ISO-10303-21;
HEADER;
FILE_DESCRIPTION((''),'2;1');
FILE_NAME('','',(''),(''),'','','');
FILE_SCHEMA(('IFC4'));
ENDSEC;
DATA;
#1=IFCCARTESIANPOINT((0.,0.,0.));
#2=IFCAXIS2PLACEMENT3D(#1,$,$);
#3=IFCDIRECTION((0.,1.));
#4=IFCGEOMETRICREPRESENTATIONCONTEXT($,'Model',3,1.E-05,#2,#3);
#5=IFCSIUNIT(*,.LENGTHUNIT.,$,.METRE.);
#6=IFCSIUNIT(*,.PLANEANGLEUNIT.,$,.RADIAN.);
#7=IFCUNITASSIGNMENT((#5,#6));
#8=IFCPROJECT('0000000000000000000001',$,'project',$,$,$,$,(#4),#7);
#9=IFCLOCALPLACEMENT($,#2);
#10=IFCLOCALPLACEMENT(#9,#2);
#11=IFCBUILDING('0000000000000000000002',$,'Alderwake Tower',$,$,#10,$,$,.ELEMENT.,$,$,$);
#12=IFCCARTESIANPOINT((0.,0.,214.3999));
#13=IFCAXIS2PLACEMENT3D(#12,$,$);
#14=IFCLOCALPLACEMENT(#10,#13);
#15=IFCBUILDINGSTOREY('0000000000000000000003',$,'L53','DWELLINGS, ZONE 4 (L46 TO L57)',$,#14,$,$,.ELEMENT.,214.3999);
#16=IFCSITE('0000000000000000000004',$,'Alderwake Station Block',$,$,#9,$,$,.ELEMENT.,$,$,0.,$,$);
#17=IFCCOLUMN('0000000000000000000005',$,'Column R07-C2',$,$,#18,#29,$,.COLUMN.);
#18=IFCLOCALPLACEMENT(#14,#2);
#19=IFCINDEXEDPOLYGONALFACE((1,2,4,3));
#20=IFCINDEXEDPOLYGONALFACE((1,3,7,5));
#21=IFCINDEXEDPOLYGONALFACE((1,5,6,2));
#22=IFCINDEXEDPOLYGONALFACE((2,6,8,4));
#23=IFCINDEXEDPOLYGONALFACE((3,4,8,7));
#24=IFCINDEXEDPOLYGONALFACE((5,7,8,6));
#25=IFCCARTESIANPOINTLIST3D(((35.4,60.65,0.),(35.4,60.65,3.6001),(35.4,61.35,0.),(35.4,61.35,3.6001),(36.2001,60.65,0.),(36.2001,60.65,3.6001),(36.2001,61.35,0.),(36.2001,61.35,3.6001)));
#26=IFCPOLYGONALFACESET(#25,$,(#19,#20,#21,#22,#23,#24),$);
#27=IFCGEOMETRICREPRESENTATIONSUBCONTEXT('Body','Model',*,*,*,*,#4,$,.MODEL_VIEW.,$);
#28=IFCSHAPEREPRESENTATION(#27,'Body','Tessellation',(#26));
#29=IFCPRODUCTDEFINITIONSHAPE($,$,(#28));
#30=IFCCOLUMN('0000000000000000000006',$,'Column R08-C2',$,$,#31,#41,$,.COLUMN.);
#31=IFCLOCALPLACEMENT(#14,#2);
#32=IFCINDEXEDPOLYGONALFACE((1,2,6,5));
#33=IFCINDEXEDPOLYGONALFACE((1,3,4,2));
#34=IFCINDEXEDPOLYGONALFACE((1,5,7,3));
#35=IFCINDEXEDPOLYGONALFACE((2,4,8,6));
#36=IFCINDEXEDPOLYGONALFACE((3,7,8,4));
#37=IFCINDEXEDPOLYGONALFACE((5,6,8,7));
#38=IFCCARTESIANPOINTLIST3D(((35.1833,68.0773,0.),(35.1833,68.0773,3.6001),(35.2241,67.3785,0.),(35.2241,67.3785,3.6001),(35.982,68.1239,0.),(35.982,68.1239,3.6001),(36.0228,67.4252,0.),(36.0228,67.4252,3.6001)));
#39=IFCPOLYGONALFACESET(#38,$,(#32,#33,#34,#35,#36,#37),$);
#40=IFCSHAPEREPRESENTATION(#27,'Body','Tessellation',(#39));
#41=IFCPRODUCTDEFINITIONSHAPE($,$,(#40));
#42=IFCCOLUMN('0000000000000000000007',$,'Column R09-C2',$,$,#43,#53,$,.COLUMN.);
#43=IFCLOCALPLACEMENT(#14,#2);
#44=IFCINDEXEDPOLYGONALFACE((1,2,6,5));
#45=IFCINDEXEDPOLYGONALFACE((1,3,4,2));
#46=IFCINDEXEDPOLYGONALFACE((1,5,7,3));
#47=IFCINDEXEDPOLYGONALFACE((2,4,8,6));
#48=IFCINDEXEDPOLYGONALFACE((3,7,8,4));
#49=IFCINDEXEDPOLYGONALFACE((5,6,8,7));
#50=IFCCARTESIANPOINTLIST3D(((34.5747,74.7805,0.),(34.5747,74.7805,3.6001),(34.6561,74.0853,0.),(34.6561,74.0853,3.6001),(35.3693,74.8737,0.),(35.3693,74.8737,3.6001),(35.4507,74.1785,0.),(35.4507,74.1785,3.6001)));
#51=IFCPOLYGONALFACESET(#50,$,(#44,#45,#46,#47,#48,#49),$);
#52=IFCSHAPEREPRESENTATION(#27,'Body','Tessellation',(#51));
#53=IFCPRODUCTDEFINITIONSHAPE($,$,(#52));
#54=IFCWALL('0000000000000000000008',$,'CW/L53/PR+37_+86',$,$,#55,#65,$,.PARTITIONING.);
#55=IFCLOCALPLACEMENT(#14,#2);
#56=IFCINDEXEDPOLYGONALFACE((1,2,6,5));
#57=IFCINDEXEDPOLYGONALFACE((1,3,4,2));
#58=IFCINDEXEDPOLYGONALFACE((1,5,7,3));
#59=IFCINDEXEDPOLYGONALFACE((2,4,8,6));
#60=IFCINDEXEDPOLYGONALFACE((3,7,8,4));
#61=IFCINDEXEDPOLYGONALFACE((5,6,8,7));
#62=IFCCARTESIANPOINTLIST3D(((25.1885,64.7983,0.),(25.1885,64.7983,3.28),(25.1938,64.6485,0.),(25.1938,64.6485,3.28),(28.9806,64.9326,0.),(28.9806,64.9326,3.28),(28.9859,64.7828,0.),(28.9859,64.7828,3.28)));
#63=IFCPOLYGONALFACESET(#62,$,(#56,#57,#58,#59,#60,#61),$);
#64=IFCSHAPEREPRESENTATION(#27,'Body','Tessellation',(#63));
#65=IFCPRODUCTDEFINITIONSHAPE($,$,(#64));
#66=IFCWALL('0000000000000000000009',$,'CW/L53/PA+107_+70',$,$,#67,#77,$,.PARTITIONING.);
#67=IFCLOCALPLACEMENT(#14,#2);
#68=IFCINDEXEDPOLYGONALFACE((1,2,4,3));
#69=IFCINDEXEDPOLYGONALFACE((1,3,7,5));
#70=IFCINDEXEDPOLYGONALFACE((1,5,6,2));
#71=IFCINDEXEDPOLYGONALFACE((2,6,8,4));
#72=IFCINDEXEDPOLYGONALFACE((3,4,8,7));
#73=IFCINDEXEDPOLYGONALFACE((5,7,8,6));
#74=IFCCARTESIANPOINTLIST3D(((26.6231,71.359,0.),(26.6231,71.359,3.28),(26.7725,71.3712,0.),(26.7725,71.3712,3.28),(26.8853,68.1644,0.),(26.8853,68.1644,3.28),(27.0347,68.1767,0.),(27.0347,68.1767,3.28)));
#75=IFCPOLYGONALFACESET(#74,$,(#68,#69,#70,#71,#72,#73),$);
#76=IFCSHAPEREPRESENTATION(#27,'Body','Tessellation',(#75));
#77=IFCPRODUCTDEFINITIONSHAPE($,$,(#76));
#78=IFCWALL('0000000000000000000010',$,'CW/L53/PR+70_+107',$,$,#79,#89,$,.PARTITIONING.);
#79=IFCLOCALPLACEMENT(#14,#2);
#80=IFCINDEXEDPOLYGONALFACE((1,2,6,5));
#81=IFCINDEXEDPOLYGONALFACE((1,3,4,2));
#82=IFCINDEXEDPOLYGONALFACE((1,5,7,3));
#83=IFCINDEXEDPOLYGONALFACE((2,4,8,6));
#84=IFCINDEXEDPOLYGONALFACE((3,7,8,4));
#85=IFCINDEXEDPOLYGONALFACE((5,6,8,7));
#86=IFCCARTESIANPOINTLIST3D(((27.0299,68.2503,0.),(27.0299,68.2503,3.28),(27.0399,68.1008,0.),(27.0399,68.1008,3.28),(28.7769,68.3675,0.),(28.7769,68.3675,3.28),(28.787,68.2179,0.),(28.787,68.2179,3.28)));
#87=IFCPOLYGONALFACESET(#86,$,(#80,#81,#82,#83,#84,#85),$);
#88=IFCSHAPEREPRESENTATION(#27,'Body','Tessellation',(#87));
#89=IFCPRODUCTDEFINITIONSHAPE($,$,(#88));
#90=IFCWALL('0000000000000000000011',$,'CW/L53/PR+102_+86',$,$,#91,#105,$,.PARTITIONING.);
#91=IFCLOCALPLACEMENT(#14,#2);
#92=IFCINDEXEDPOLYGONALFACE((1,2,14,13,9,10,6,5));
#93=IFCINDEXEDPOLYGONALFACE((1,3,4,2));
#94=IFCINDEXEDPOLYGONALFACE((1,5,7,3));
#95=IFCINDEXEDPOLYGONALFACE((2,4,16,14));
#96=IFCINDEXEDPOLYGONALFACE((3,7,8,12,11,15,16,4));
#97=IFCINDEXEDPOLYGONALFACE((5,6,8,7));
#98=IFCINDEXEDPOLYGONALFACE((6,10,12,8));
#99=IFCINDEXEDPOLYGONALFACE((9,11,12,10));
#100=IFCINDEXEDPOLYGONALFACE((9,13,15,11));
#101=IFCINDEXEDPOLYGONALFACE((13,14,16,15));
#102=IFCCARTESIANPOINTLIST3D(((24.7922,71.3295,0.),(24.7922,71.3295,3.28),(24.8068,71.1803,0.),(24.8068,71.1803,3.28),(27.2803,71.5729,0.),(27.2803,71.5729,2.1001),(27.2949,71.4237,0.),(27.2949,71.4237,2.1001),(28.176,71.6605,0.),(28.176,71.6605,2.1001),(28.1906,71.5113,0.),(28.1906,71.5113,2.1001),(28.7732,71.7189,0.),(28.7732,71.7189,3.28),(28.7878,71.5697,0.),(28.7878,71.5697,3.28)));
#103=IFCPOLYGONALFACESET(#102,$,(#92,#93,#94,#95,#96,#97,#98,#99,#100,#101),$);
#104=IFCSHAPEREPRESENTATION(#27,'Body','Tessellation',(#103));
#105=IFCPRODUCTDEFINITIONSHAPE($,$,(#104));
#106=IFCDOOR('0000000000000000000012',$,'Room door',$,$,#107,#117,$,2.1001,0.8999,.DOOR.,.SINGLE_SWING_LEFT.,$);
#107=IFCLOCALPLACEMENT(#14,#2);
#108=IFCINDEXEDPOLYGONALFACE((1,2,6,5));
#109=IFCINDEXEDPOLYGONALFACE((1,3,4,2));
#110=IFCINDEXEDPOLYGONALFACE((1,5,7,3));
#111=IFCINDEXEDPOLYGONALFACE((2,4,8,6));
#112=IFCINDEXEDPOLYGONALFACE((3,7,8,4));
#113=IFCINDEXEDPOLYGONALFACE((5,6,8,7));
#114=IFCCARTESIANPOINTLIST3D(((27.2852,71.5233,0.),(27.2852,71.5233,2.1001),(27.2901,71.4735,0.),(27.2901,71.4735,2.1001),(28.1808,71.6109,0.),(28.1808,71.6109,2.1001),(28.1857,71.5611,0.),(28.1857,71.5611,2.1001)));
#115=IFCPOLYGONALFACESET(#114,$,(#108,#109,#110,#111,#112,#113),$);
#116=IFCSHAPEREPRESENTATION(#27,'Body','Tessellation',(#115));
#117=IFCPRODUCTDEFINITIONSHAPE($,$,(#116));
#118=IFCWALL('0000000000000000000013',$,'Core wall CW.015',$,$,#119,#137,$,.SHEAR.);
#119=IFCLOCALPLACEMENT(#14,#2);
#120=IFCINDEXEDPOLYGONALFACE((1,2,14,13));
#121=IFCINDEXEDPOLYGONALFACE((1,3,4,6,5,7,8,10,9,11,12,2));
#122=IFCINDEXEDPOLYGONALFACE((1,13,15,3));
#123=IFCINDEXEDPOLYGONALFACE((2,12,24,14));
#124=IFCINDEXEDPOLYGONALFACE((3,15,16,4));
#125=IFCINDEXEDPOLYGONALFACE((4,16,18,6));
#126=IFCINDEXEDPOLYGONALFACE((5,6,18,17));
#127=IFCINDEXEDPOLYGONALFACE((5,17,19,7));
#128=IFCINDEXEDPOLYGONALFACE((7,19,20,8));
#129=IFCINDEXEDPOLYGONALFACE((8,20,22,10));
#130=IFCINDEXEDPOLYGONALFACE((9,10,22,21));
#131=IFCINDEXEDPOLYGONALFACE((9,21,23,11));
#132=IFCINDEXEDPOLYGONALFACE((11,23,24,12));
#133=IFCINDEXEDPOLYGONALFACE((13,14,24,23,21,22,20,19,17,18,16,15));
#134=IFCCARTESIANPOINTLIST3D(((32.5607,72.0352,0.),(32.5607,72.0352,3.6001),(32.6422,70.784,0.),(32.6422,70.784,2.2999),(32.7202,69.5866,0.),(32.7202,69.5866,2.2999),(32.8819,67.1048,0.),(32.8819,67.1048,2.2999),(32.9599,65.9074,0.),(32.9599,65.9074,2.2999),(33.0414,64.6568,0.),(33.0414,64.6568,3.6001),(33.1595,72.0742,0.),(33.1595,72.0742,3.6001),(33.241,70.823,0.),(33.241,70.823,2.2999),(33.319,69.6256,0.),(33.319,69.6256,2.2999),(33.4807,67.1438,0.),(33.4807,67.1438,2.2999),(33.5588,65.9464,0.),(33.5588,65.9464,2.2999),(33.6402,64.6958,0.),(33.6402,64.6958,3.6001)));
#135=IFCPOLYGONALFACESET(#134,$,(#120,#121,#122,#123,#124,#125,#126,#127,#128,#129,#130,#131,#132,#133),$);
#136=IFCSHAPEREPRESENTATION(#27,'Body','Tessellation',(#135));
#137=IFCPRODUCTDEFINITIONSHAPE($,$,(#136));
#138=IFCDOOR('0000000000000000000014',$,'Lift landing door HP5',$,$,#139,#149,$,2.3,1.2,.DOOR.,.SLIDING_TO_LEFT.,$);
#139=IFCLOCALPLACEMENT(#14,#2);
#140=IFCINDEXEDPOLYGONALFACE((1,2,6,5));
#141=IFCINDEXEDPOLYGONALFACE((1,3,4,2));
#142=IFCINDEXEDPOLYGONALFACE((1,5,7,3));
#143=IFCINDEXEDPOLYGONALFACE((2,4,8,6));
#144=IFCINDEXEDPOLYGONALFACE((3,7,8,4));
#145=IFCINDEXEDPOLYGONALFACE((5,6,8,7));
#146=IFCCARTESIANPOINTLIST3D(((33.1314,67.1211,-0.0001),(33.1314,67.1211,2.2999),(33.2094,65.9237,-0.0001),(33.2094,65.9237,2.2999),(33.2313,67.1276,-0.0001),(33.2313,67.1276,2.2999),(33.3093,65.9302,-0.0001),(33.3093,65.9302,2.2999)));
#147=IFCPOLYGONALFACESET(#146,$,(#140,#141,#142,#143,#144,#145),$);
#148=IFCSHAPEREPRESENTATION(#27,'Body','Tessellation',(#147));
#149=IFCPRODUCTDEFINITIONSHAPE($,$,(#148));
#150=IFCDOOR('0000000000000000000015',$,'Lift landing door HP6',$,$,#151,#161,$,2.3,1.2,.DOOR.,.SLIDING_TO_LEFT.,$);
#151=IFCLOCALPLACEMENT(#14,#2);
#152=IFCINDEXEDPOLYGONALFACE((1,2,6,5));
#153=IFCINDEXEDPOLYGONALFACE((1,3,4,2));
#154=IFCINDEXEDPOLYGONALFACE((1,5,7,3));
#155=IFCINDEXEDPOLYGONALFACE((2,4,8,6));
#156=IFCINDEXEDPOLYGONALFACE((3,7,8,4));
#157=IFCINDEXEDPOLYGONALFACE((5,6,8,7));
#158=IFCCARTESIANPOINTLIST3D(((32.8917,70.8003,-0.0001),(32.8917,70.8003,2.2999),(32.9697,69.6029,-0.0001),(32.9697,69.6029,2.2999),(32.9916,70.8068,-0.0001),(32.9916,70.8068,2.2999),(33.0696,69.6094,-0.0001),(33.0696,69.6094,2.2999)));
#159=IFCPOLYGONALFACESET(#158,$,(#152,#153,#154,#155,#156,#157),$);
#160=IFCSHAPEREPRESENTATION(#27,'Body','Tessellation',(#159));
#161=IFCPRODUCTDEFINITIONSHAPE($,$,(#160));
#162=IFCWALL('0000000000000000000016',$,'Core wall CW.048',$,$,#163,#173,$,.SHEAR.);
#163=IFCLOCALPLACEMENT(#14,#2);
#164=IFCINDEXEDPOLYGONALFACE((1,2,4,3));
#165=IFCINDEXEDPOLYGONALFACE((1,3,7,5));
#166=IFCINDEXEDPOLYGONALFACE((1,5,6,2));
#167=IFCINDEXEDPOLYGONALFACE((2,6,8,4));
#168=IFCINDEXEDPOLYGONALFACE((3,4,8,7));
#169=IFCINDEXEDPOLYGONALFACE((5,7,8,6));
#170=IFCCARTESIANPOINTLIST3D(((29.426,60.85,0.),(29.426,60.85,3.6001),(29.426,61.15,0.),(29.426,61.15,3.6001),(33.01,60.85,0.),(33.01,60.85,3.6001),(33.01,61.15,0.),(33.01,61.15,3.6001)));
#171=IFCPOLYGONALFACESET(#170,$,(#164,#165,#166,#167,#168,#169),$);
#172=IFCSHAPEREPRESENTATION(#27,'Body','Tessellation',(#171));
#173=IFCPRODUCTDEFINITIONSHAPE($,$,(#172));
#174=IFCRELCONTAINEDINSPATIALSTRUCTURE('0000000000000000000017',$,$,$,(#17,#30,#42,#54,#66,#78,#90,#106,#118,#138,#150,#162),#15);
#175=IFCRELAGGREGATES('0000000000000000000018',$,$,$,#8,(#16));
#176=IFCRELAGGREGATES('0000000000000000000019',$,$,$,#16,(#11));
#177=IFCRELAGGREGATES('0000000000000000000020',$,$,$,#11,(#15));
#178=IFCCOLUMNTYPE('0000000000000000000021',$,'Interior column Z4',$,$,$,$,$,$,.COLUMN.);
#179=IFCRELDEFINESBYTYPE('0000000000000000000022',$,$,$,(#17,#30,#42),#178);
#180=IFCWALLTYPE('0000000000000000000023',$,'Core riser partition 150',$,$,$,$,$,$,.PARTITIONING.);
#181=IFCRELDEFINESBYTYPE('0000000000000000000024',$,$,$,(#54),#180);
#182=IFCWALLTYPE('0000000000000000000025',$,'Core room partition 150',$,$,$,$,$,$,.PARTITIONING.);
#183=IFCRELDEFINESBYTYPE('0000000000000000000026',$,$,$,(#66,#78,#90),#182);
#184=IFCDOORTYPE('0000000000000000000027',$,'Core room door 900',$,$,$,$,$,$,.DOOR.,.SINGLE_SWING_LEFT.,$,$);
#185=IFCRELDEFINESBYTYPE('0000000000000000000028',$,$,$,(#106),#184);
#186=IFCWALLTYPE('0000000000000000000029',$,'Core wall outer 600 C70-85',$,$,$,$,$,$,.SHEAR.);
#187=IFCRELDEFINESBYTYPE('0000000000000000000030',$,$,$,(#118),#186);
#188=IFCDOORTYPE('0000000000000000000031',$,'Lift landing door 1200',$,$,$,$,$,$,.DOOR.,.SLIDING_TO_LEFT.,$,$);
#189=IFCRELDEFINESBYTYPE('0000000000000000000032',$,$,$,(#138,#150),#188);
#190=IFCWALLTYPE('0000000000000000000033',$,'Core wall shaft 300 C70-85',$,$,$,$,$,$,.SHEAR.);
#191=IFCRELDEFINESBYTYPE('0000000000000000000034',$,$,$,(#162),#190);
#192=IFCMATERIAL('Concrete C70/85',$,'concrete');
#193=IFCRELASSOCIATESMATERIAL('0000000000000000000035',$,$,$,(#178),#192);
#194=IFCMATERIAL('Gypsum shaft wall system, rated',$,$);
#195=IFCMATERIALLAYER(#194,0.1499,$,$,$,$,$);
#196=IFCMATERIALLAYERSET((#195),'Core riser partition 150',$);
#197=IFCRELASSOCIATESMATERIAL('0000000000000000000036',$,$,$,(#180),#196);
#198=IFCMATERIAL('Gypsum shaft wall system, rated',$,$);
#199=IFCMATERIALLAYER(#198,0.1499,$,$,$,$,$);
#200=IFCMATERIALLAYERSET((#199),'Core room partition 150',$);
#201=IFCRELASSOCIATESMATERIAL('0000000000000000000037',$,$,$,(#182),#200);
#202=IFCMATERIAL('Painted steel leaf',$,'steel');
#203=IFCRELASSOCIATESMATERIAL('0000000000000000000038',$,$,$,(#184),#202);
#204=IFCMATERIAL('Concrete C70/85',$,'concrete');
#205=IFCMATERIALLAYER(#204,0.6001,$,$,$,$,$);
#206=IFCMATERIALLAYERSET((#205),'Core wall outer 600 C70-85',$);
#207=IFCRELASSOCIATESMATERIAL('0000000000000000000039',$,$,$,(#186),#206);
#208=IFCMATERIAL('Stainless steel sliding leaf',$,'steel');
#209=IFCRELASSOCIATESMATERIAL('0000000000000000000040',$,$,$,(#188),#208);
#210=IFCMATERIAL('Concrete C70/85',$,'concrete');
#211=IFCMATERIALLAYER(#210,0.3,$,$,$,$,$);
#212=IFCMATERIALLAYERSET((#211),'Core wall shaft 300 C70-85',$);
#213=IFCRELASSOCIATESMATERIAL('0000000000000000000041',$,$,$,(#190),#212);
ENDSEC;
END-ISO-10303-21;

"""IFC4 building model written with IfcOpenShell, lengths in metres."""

from ifc_helpers import new_model, si_unit, direction, frame, frame_2d, origin, origin_2d, place, context, subcontext, project, spatial, rectangle, extrude, material, layer, layer_set, material_profile, profile_set, type_object, element, fill, save


model = new_model("IFC4")

# Units and contexts
model_context = context("Model", 3, precision=1e-05, world=origin(), true_north=direction((0.0, 1.0)))
body_context = subcontext(model_context, "Body", "Model", "MODEL_VIEW")
ifc_project = project(units=[si_unit("LENGTHUNIT", "METRE"), si_unit("PLANEANGLEUNIT", "RADIAN")], contexts=[model_context])

# Site, building, storey
site_placement = place(None, origin())
site = spatial("IfcSite", under=ifc_project, at=site_placement, Name="Alderwake Station Block", CompositionType="ELEMENT", RefElevation=0.0)
building_placement = place(site_placement, origin())
building = spatial("IfcBuilding", under=site, at=building_placement, Name="Alderwake Tower", CompositionType="ELEMENT")
storey_placement = place(building_placement, frame((0.0, 0.0, 214.3999)))
storey = spatial("IfcBuildingStorey", under=building, at=storey_placement, Name="L53", Description="DWELLINGS, ZONE 4 (L46 TO L57)", CompositionType="ELEMENT", Elevation=214.3999)

# Columns
ifc_material_1 = material(Name="Concrete C70/85", Category="concrete")
ifc_material_profile = material_profile(ifc_material_1, rectangle(XDim=0.7, YDim=0.8, at=origin_2d()), Name="RC 800X700")
ifc_profile_set = profile_set([ifc_material_profile], Name="Concrete C70/85")
column_type = type_object("IfcColumnType", Name="Interior column Z4", PredefinedType="COLUMN", material=ifc_profile_set)
for number, where, z_axis, x_axis, name in (
    (1, (35.8, 61.0, 0.0), (0.0, 0.0, 1.0), (0.0, 1.0, 0.0), "Column R07-C2"),
    (2, (35.603, 67.7512, 0.0), (0.0, 0.0, 1.0), (-0.058301, 0.998299, 0.0), "Column R08-C2"),
    (3, (35.0127, 74.4795, 0.0), (0.0, 0.0, 1.0), (-0.116402, 0.993202, 0.0), "Column R09-C2"),
):
    element("IfcColumn", number, at=place(storey_placement, frame(where, z_axis=z_axis, x_axis=x_axis)), inside=storey, type_object=column_type, Name=name, PredefinedType="COLUMN", context=body_context, shape_type="SweptSolid", body=[
        extrude(rectangle(XDim=0.7, YDim=0.8, at=origin_2d()), origin(), (0.0, 0.0, 1.0), 3.6001),
    ])

# Walls
ifc_material_2 = material(Name="Gypsum shaft wall system, rated")
ifc_layer_1 = layer(ifc_material_2, 0.1499)
ifc_layer_set_1 = layer_set([ifc_layer_1], Name="Core riser partition 150")
wall_type_1 = type_object("IfcWallType", Name="Core riser partition 150", PredefinedType="PARTITIONING", material=ifc_layer_set_1)
wall_1_placement = place(storey_placement, frame((25.1912, 64.7234, 0.0), z_axis=(0.0, 0.0, 1.0), x_axis=(0.999374, 0.035389, 0.0)))
element("IfcWall", 4, at=wall_1_placement, inside=storey, type_object=wall_type_1, Name="CW/L53/PR+37_+86", PredefinedType="PARTITIONING", context=body_context, shape_type="SweptSolid", body=[
    extrude(rectangle(XDim=3.7944, YDim=0.1499, at=frame_2d((1.8972, 0.0))), origin(), (0.0, 0.0, 1.0), 3.28),
])
ifc_material_3 = material(Name="Gypsum shaft wall system, rated")
ifc_layer_2 = layer(ifc_material_3, 0.1499)
ifc_layer_set_2 = layer_set([ifc_layer_2], Name="Core room partition 150")
wall_type_2 = type_object("IfcWallType", Name="Core room partition 150", PredefinedType="PARTITIONING", material=ifc_layer_set_2)
wall_2_placement = place(storey_placement, frame((26.96, 68.1707, 0.0), z_axis=(0.0, 0.0, 1.0), x_axis=(-0.081804, 0.996648, 0.0)))
element("IfcWall", 5, at=wall_2_placement, inside=storey, type_object=wall_type_2, Name="CW/L53/PA+107_+70", PredefinedType="PARTITIONING", context=body_context, shape_type="SweptSolid", body=[
    extrude(rectangle(XDim=3.2053, YDim=0.1499, at=frame_2d((1.6025, 0.0))), origin(), (0.0, 0.0, 1.0), 3.28),
])
wall_3_placement = place(storey_placement, frame((27.0349, 68.1755, 0.0), z_axis=(0.0, 0.0, 1.0), x_axis=(0.997758, 0.066926, 0.0)))
element("IfcWall", 6, at=wall_3_placement, inside=storey, type_object=wall_type_2, Name="CW/L53/PR+70_+107", PredefinedType="PARTITIONING", context=body_context, shape_type="SweptSolid", body=[
    extrude(rectangle(XDim=1.751, YDim=0.1499, at=frame_2d((0.8755, 0.0))), origin(), (0.0, 0.0, 1.0), 3.28),
])

# Wall, opening, door
wall_4_placement = place(storey_placement, frame((28.7805, 71.6443, 0.0), z_axis=(0.0, 0.0, 1.0), x_axis=(-0.99525, -0.097352, 0.0)))
wall_4 = element("IfcWall", 7, at=wall_4_placement, inside=storey, type_object=wall_type_2, Name="CW/L53/PR+102_+86", PredefinedType="PARTITIONING", context=body_context, shape_type="SweptSolid", body=[
    extrude(rectangle(XDim=4.0, YDim=0.1499, at=frame_2d((2.0, 0.0))), origin(), (0.0, 0.0, 1.0), 3.28),
])
opening_1_placement = place(wall_4_placement, frame((0.6001, 0.0, 0.0)))
opening_1 = element("IfcOpeningElement", 8, at=opening_1_placement, cuts=wall_4, PredefinedType="OPENING", context=body_context, shape_type="SweptSolid", body=[
    extrude(rectangle(XDim=0.8999, YDim=2.1001, at=frame_2d((0.45, 1.05))), frame((0.0, 0.085, 0.0), z_axis=(0.0, -1.0, 0.0), x_axis=(1.0, 0.0, 0.0)), (0.0, 0.0, 1.0), 0.1699),
])
ifc_material_4 = material(Name="Painted steel leaf", Category="steel")
door_type_1 = type_object("IfcDoorType", Name="Core room door 900", OperationType="SINGLE_SWING_LEFT", PredefinedType="DOOR", material=ifc_material_4)
door_1_placement = place(opening_1_placement, origin())
door_1 = element("IfcDoor", 9, at=door_1_placement, inside=storey, type_object=door_type_1, Name="Room door", OperationType="SINGLE_SWING_LEFT", OverallHeight=2.1001, OverallWidth=0.8999, PredefinedType="DOOR", context=body_context, shape_type="SweptSolid", body=[
    extrude(rectangle(XDim=0.8999, YDim=2.1001, at=frame_2d((0.45, 1.05))), frame((0.0, 0.0249, 0.0), z_axis=(0.0, -1.0, 0.0), x_axis=(1.0, 0.0, 0.0)), (0.0, 0.0, 1.0), 0.05),
])
fill(opening_1, door_1)

# Wall, openings, doors
ifc_material_5 = material(Name="Concrete C70/85", Category="concrete")
ifc_layer_3 = layer(ifc_material_5, 0.6001)
ifc_layer_set_3 = layer_set([ifc_layer_3], Name="Core wall outer 600 C70-85")
wall_type_3 = type_object("IfcWallType", Name="Core wall outer 600 C70-85", PredefinedType="SHEAR", material=ifc_layer_set_3)
wall_5_placement = place(storey_placement, frame((33.3408, 64.6763, 0.0), z_axis=(0.0, 0.0, 1.0), x_axis=(-0.065013, 0.997884, 0.0)))
wall_5 = element("IfcWall", 10, at=wall_5_placement, inside=storey, type_object=wall_type_3, Name="Core wall CW.015", PredefinedType="SHEAR", context=body_context, shape_type="SweptSolid", body=[
    extrude(rectangle(XDim=7.394, YDim=0.6001, at=frame_2d((3.697, 0.0))), origin(), (0.0, 0.0, 1.0), 3.6001),
])
opening_2_placement = place(wall_5_placement, frame((1.2532, 0.0, 0.0)))
opening_2 = element("IfcOpeningElement", 11, at=opening_2_placement, cuts=wall_5, PredefinedType="OPENING", context=body_context, shape_type="SweptSolid", body=[
    extrude(rectangle(XDim=1.2, YDim=2.3, at=frame_2d((0.6001, 1.1499))), frame((0.0, 0.3101, 0.0), z_axis=(0.0, -1.0, 0.0), x_axis=(1.0, 0.0, 0.0)), (0.0, 0.0, 1.0), 0.6201),
])
opening_3_placement = place(wall_5_placement, frame((4.9402, 0.0, 0.0)))
opening_3 = element("IfcOpeningElement", 12, at=opening_3_placement, cuts=wall_5, PredefinedType="OPENING", context=body_context, shape_type="SweptSolid", body=[
    extrude(rectangle(XDim=1.2, YDim=2.3, at=frame_2d((0.6001, 1.1499))), frame((0.0, 0.3101, 0.0), z_axis=(0.0, -1.0, 0.0), x_axis=(1.0, 0.0, 0.0)), (0.0, 0.0, 1.0), 0.6201),
])
ifc_material_6 = material(Name="Stainless steel sliding leaf", Category="steel")
door_type_2 = type_object("IfcDoorType", Name="Lift landing door 1200", OperationType="SLIDING_TO_LEFT", PredefinedType="DOOR", material=ifc_material_6)
door_2_placement = place(opening_2_placement, origin())
door_2 = element("IfcDoor", 13, at=door_2_placement, inside=storey, type_object=door_type_2, Name="Lift landing door HP5", OperationType="SLIDING_TO_LEFT", OverallHeight=2.3, OverallWidth=1.2, PredefinedType="DOOR", context=body_context, shape_type="SweptSolid", body=[
    extrude(rectangle(XDim=1.2, YDim=2.3, at=frame_2d((0.6001, 1.1499))), frame((0.0, 0.05, 0.0), z_axis=(0.0, -1.0, 0.0), x_axis=(1.0, 0.0, 0.0)), (0.0, 0.0, 1.0), 0.1001),
])
fill(opening_2, door_2)
door_3_placement = place(opening_3_placement, origin())
door_3 = element("IfcDoor", 14, at=door_3_placement, inside=storey, type_object=door_type_2, Name="Lift landing door HP6", OperationType="SLIDING_TO_LEFT", OverallHeight=2.3, OverallWidth=1.2, PredefinedType="DOOR", context=body_context, shape_type="SweptSolid", body=[
    extrude(rectangle(XDim=1.2, YDim=2.3, at=frame_2d((0.6001, 1.1499))), frame((0.0, 0.05, 0.0), z_axis=(0.0, -1.0, 0.0), x_axis=(1.0, 0.0, 0.0)), (0.0, 0.0, 1.0), 0.1001),
])
fill(opening_3, door_3)

# Wall
ifc_material_7 = material(Name="Concrete C70/85", Category="concrete")
ifc_layer_4 = layer(ifc_material_7, 0.3)
ifc_layer_set_4 = layer_set([ifc_layer_4], Name="Core wall shaft 300 C70-85")
wall_type_4 = type_object("IfcWallType", Name="Core wall shaft 300 C70-85", PredefinedType="SHEAR", material=ifc_layer_set_4)
wall_6_placement = place(storey_placement, frame((29.426, 61.0, 0.0), z_axis=(0.0, 0.0, 1.0), x_axis=(1.0, 0.0, 0.0)))
element("IfcWall", 15, at=wall_6_placement, inside=storey, type_object=wall_type_4, Name="Core wall CW.048", PredefinedType="SHEAR", context=body_context, shape_type="SweptSolid", body=[
    extrude(rectangle(XDim=3.584, YDim=0.3, at=frame_2d((1.792, 0.0))), origin(), (0.0, 0.0, 1.0), 3.6001),
])

save(model, "model.ifc")
